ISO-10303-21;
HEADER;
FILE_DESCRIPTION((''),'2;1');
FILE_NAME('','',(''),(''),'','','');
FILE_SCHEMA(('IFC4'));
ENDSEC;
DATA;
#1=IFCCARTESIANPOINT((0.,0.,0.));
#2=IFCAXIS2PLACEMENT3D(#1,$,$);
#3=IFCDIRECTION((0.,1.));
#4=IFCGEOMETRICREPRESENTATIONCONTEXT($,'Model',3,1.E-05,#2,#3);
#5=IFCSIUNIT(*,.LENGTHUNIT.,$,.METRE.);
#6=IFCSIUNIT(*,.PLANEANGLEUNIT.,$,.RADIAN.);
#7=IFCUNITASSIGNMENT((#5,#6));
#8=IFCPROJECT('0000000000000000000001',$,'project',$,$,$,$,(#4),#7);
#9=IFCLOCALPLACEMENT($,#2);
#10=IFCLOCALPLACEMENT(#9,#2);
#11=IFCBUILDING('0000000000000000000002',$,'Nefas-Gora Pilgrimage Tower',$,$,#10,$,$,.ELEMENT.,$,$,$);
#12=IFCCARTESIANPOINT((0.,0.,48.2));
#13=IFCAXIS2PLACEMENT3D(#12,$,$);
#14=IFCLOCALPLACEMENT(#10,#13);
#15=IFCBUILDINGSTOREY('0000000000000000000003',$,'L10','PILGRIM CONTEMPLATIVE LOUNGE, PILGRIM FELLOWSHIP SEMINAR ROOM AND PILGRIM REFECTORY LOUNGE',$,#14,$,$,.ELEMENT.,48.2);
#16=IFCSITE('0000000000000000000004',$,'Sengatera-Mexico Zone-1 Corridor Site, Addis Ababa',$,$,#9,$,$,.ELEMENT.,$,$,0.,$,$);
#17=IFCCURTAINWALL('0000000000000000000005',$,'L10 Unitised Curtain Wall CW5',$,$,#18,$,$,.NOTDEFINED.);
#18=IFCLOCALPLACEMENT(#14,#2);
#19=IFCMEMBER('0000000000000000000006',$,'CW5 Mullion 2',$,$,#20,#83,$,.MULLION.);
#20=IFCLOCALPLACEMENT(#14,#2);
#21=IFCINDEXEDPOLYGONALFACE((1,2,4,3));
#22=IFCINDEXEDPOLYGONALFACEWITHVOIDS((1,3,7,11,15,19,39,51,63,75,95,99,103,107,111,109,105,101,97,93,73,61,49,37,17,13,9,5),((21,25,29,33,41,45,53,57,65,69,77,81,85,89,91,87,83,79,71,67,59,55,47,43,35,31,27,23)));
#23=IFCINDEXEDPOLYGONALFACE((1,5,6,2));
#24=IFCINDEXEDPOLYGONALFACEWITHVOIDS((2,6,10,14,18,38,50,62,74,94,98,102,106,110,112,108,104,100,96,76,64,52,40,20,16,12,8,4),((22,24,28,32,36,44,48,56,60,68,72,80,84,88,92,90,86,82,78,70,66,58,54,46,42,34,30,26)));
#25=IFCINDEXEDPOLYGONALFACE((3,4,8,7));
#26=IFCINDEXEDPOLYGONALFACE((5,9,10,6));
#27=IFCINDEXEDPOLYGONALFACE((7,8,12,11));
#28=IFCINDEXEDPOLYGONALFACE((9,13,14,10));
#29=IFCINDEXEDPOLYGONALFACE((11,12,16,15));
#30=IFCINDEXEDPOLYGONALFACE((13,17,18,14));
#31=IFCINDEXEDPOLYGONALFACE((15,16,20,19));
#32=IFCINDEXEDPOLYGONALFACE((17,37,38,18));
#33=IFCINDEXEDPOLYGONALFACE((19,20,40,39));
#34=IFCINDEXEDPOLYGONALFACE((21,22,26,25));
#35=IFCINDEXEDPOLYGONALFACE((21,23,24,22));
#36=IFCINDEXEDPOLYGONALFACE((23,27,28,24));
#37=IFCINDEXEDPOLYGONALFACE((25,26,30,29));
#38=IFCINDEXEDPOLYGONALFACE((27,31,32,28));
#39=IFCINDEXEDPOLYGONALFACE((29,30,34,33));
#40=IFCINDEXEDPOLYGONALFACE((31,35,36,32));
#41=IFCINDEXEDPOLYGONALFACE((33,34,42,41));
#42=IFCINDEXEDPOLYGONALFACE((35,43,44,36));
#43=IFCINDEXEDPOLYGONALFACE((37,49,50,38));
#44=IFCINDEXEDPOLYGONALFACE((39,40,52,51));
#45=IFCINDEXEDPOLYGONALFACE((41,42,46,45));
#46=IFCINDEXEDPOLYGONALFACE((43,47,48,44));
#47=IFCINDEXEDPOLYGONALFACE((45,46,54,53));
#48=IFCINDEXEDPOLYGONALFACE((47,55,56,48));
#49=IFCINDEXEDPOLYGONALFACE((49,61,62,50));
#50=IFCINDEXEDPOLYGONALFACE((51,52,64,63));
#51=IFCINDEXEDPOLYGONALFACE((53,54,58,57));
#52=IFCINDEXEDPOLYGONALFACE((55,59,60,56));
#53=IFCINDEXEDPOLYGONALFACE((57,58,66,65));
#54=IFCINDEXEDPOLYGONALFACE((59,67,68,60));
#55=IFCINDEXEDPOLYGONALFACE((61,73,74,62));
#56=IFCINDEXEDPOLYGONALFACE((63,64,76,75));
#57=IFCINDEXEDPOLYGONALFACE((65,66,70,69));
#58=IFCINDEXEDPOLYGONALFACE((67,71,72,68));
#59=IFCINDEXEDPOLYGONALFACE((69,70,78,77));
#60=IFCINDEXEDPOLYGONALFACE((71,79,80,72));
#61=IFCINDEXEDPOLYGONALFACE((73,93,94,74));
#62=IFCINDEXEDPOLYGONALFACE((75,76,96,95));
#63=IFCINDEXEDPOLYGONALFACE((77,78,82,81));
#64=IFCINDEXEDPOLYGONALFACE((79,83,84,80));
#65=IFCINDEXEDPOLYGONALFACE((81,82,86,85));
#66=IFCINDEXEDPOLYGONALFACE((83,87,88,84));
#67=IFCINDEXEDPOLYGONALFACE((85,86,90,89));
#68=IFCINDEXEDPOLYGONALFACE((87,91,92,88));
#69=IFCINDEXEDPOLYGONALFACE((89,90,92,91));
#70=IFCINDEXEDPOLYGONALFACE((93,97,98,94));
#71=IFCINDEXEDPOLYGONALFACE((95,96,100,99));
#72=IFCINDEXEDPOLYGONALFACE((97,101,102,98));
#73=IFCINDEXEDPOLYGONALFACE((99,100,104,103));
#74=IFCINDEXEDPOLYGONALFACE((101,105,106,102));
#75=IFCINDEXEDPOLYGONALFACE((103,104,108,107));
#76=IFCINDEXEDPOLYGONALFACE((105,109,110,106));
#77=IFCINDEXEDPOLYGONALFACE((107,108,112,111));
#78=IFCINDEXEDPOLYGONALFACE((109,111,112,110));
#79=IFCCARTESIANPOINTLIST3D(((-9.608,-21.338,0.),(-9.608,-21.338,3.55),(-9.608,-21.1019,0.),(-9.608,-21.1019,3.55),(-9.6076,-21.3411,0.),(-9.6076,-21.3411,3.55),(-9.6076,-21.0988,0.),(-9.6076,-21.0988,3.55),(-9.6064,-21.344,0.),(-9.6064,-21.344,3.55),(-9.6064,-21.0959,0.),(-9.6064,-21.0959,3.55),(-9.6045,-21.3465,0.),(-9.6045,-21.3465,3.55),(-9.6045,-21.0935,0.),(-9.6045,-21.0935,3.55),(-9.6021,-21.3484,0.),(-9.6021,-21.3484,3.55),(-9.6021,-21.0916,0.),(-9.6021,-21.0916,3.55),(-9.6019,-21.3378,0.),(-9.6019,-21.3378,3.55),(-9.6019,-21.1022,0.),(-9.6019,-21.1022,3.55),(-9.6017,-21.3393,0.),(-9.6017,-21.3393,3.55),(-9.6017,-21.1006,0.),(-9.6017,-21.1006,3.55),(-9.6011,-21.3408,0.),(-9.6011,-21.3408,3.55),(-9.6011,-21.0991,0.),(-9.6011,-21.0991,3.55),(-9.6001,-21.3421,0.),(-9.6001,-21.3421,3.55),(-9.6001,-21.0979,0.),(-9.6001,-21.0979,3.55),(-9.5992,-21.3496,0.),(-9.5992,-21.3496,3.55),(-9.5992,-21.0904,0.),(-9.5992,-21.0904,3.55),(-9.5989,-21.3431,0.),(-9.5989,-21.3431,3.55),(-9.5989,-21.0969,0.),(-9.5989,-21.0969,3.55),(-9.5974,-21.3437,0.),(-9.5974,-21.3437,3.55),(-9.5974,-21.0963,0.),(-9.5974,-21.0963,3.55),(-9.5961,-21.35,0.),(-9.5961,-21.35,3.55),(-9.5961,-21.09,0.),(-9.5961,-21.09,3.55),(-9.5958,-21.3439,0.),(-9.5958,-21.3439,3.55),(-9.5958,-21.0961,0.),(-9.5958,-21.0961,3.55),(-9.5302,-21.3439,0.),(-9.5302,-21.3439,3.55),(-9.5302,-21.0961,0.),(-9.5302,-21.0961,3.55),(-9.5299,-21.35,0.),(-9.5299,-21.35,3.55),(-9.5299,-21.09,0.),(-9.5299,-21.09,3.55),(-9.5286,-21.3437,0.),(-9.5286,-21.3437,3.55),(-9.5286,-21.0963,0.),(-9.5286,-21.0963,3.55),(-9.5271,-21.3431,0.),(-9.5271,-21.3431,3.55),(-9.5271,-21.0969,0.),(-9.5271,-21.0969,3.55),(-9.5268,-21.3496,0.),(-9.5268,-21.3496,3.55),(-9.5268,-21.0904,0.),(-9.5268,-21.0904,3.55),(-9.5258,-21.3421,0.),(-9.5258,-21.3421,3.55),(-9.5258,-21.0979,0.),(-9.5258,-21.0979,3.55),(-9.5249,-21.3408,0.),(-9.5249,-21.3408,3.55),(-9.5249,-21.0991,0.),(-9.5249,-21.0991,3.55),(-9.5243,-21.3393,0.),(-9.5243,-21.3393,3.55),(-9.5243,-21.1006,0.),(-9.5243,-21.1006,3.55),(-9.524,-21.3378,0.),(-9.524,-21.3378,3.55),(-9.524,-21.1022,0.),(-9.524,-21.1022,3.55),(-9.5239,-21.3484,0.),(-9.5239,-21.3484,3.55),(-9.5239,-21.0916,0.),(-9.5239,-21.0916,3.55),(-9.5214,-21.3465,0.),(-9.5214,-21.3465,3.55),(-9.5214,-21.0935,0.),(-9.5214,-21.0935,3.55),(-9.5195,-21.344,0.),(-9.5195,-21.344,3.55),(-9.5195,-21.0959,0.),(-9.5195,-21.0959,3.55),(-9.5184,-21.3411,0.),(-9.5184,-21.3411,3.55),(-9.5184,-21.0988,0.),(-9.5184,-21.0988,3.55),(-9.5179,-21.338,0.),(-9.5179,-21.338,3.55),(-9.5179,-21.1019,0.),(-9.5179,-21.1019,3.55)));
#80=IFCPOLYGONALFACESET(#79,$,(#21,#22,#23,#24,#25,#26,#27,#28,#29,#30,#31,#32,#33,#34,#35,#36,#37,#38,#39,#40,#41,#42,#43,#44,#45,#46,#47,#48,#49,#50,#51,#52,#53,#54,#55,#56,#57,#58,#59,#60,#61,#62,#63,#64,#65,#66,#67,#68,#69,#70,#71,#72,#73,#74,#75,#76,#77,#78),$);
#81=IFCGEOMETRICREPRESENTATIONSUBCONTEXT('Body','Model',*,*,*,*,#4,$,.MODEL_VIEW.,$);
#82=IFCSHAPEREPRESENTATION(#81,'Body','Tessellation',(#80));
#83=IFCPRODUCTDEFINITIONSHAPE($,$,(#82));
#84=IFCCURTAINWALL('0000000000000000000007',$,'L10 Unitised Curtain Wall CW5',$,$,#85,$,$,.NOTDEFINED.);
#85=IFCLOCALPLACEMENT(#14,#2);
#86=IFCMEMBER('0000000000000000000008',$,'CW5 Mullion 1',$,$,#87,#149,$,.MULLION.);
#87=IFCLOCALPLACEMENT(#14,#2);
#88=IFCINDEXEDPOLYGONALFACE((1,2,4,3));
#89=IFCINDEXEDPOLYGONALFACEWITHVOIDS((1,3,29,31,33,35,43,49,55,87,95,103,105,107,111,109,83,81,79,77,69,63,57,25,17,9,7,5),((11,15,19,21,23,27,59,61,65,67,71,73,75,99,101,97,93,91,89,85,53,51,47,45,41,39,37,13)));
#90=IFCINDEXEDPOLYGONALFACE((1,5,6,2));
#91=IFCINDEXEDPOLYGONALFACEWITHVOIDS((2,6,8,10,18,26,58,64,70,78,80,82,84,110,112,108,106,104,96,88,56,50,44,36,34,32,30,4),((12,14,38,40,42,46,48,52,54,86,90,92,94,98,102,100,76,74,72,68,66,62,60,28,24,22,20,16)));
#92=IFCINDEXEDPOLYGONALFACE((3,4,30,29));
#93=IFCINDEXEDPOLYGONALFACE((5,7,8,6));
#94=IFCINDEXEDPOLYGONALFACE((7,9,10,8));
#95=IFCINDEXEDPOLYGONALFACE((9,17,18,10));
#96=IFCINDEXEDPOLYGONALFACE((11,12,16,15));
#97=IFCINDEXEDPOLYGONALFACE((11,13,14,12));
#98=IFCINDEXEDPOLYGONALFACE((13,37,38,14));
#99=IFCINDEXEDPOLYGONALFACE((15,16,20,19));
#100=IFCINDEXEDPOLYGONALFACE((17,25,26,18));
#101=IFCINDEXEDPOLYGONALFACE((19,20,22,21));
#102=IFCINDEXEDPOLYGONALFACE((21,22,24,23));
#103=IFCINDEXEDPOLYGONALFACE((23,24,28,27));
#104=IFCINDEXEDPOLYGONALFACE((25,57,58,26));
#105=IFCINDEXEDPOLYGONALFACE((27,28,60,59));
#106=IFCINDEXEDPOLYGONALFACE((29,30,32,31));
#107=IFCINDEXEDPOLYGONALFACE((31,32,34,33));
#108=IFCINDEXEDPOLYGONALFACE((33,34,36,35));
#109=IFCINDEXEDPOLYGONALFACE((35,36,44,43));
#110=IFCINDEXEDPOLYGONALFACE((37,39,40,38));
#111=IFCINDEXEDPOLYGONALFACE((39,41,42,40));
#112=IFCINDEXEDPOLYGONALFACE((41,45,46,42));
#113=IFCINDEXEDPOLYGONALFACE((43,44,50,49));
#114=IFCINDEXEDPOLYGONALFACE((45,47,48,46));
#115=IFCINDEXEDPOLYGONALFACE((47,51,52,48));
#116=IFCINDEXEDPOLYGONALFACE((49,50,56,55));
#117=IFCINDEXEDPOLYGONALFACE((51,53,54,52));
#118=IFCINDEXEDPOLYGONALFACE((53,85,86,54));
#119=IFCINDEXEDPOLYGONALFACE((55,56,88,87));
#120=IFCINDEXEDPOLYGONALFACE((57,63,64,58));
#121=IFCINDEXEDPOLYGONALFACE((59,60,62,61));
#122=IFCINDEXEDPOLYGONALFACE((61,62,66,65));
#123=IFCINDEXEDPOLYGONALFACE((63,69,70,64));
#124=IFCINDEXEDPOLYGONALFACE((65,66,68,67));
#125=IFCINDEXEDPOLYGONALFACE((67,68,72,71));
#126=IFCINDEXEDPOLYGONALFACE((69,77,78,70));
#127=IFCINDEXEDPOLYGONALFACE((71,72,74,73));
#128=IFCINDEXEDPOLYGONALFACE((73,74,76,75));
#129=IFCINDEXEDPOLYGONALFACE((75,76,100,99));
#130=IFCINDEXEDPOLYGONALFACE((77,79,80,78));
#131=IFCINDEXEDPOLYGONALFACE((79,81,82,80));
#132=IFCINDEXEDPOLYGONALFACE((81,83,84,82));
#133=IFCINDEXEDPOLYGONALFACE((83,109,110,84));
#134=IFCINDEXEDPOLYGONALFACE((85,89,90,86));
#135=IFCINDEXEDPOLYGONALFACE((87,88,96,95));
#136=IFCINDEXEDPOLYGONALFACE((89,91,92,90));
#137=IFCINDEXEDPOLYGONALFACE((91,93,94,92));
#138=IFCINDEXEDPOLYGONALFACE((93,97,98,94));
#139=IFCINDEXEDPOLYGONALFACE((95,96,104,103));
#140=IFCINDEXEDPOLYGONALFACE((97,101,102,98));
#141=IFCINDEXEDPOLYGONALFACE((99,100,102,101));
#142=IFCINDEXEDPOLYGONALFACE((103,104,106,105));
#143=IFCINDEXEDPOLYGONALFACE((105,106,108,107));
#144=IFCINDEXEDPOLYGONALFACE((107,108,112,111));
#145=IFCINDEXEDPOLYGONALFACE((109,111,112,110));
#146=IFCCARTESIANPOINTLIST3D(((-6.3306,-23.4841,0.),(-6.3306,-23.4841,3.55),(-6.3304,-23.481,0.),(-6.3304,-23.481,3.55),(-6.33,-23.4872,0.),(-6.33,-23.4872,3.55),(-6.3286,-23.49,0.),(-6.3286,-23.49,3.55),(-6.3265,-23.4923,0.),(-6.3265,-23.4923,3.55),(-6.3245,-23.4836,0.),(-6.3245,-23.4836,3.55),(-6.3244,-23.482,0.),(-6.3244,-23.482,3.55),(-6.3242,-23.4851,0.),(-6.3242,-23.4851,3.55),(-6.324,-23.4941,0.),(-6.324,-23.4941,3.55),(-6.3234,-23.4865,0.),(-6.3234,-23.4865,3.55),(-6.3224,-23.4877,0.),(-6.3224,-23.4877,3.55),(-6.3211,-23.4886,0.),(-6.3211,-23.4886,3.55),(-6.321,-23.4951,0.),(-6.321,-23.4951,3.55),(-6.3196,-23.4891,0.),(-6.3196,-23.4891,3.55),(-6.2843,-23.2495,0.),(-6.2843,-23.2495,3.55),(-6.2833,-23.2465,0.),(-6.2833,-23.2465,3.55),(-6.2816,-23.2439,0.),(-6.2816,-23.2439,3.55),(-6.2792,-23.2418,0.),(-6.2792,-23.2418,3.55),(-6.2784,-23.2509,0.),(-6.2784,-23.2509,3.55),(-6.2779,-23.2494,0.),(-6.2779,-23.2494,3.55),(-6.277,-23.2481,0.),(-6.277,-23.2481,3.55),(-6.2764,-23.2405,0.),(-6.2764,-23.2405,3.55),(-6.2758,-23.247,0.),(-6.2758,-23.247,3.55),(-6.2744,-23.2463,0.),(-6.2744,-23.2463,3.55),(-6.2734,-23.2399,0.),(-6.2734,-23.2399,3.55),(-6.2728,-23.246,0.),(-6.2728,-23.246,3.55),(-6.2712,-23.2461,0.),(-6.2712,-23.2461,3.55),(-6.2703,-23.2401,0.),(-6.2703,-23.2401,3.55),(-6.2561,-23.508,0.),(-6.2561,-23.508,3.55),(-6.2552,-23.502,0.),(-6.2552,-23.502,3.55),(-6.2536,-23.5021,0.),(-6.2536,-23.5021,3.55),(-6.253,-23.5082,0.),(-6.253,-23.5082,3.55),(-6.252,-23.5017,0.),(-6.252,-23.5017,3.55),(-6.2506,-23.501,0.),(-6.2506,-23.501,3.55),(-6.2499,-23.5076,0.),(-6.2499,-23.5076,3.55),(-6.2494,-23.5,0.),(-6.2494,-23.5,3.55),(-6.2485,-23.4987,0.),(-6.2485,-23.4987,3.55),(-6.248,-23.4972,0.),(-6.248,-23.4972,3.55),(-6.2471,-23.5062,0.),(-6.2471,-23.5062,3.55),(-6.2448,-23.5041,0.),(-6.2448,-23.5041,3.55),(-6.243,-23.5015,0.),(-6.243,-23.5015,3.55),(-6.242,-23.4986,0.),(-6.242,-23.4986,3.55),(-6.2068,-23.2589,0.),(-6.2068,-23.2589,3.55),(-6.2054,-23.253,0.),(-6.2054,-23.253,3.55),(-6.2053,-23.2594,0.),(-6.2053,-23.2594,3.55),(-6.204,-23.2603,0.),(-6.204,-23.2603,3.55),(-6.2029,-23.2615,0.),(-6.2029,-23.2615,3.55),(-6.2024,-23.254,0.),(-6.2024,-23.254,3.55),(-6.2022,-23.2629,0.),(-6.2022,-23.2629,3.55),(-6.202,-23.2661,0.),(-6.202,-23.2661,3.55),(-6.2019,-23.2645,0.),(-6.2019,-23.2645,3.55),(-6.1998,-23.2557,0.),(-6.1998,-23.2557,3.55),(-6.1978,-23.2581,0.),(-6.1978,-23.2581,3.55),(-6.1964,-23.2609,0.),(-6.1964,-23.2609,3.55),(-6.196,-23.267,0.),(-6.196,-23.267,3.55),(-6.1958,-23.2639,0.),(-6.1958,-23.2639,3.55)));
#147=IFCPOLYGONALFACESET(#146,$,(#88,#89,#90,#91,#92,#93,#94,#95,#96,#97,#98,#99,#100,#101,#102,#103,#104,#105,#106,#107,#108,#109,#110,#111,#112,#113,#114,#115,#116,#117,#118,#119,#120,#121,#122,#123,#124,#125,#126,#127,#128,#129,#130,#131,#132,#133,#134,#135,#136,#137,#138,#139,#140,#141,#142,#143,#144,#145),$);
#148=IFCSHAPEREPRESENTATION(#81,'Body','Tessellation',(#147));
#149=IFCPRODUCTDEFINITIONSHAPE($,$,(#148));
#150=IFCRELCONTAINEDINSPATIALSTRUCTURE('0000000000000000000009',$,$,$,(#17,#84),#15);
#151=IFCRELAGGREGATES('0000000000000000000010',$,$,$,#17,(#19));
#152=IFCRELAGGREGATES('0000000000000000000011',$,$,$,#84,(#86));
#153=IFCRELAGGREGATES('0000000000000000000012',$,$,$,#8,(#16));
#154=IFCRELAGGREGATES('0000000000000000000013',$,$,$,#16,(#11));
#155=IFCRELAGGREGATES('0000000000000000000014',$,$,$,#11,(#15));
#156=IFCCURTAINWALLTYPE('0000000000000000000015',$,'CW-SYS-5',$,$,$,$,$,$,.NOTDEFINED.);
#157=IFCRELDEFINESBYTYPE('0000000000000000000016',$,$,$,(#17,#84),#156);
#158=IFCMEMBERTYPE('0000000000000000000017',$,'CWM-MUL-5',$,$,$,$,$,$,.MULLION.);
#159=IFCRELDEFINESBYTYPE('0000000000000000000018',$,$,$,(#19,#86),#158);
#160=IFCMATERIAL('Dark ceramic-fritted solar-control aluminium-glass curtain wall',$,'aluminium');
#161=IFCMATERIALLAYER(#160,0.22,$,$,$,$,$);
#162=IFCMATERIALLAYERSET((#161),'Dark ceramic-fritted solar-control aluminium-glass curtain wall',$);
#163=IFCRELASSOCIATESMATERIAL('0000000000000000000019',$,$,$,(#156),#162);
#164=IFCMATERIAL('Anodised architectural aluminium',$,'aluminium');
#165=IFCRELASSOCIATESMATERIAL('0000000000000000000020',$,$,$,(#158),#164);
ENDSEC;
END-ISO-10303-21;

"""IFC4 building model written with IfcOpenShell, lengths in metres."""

from ifc_helpers import new_model, si_unit, direction, frame, origin, origin_2d, place, context, subcontext, project, spatial, hollow_rectangle, extrude, source, transform, mapped, material, layer, layer_set, material_profile, profile_set, type_object, element, aggregate, save


model = new_model("IFC4")

# Units and contexts
model_context = context("Model", 3, precision=1e-05, world=origin(), true_north=direction((0.0, 1.0)))
body_context = subcontext(model_context, "Body", "Model", "MODEL_VIEW")
ifc_project = project(units=[si_unit("LENGTHUNIT", "METRE"), si_unit("PLANEANGLEUNIT", "RADIAN")], contexts=[model_context])

# Site, building, storey
site_placement = place(None, origin())
site = spatial("IfcSite", under=ifc_project, at=site_placement, Name="Sengatera-Mexico Zone-1 Corridor Site, Addis Ababa", CompositionType="ELEMENT", RefElevation=0.0)
building_placement = place(site_placement, origin())
building = spatial("IfcBuilding", under=site, at=building_placement, Name="Nefas-Gora Pilgrimage Tower", CompositionType="ELEMENT")
storey_placement = place(building_placement, frame((0.0, 0.0, 48.2)))
storey = spatial("IfcBuildingStorey", under=building, at=storey_placement, Name="L10", Description="PILGRIM CONTEMPLATIVE LOUNGE, PILGRIM FELLOWSHIP SEMINAR ROOM AND PILGRIM REFECTORY LOUNGE", CompositionType="ELEMENT", Elevation=48.2)

# Curtain wall, member
ifc_material_1 = material(Name="Dark ceramic-fritted solar-control aluminium-glass curtain wall", Category="aluminium")
ifc_layer_1 = layer(ifc_material_1, 0.22)
ifc_layer_set_1 = layer_set([ifc_layer_1], Name="Dark ceramic-fritted solar-control aluminium-glass curtain wall")
curtain_wall_type = type_object("IfcCurtainWallType", Name="CW-SYS-5", PredefinedType="NOTDEFINED", material=ifc_layer_set_1)
curtain_wall_1_placement = place(storey_placement, origin())
curtain_wall_1 = element("IfcCurtainWall", 1, at=curtain_wall_1_placement, inside=storey, type_object=curtain_wall_type, Name="L10 Unitised Curtain Wall CW5", PredefinedType="NOTDEFINED")
ifc_material_2 = material(Name="Anodised architectural aluminium", Category="aluminium")
ifc_material_profile_1 = material_profile(ifc_material_2, hollow_rectangle(XDim=0.0901, YDim=0.26, WallThickness=0.0061, InnerFilletRadius=0.0061, OuterFilletRadius=0.012, at=origin_2d()), Name="ALU MULLION 90x260")
ifc_profile_set_1 = profile_set([ifc_material_profile_1], Name="Anodised architectural aluminium")
member_type_1 = type_object("IfcMemberType", Name="CWM-MUL-5", PredefinedType="MULLION", material=ifc_profile_set_1)
shared_shape_1 = source(origin(), body_context, "Body", "SweptSolid", [
    extrude(hollow_rectangle(XDim=0.0901, YDim=0.26, WallThickness=0.0061, InnerFilletRadius=0.0061, OuterFilletRadius=0.012, at=origin_2d()), origin(), (0.0, 0.0, 1.0), 3.55),
])
member_1_placement = place(storey_placement, frame((-9.563, -21.22, 0.0), z_axis=(0.0, 0.0, 1.0), x_axis=(1.0, 0.0, 0.0)))
member_1 = element("IfcMember", 2, at=member_1_placement, type_object=member_type_1, Name="CW5 Mullion 2", PredefinedType="MULLION", context=body_context, shape_type="MappedRepresentation", body=[
    mapped(shared_shape_1, transform((0.0, 0.0, 0.0), x_axis=(1.0, 0.0, 0.0), y_axis=(0.0, 1.0, 0.0), z_axis=(0.0, 0.0, 1.0), scale=1.0)),
])
aggregate(curtain_wall_1, [member_1])

# Curtain wall, member
curtain_wall_2_placement = place(storey_placement, origin())
curtain_wall_2 = element("IfcCurtainWall", 3, at=curtain_wall_2_placement, inside=storey, type_object=curtain_wall_type, Name="L10 Unitised Curtain Wall CW5", PredefinedType="NOTDEFINED")
member_2_placement = place(storey_placement, frame((-6.2632, -23.374, 0.0), z_axis=(0.0, 0.0, 1.0), x_axis=(0.980783, -0.195102, 0.0)))
member_2 = element("IfcMember", 4, at=member_2_placement, type_object=member_type_1, Name="CW5 Mullion 1", PredefinedType="MULLION", context=body_context, shape_type="MappedRepresentation", body=[
    mapped(shared_shape_1, transform((0.0, 0.0, 0.0), x_axis=(1.0, 0.0, 0.0), y_axis=(0.0, 1.0, 0.0), z_axis=(0.0, 0.0, 1.0), scale=1.0)),
])

aggregate(curtain_wall_2, [member_2])

save(model, "model.ifc")
